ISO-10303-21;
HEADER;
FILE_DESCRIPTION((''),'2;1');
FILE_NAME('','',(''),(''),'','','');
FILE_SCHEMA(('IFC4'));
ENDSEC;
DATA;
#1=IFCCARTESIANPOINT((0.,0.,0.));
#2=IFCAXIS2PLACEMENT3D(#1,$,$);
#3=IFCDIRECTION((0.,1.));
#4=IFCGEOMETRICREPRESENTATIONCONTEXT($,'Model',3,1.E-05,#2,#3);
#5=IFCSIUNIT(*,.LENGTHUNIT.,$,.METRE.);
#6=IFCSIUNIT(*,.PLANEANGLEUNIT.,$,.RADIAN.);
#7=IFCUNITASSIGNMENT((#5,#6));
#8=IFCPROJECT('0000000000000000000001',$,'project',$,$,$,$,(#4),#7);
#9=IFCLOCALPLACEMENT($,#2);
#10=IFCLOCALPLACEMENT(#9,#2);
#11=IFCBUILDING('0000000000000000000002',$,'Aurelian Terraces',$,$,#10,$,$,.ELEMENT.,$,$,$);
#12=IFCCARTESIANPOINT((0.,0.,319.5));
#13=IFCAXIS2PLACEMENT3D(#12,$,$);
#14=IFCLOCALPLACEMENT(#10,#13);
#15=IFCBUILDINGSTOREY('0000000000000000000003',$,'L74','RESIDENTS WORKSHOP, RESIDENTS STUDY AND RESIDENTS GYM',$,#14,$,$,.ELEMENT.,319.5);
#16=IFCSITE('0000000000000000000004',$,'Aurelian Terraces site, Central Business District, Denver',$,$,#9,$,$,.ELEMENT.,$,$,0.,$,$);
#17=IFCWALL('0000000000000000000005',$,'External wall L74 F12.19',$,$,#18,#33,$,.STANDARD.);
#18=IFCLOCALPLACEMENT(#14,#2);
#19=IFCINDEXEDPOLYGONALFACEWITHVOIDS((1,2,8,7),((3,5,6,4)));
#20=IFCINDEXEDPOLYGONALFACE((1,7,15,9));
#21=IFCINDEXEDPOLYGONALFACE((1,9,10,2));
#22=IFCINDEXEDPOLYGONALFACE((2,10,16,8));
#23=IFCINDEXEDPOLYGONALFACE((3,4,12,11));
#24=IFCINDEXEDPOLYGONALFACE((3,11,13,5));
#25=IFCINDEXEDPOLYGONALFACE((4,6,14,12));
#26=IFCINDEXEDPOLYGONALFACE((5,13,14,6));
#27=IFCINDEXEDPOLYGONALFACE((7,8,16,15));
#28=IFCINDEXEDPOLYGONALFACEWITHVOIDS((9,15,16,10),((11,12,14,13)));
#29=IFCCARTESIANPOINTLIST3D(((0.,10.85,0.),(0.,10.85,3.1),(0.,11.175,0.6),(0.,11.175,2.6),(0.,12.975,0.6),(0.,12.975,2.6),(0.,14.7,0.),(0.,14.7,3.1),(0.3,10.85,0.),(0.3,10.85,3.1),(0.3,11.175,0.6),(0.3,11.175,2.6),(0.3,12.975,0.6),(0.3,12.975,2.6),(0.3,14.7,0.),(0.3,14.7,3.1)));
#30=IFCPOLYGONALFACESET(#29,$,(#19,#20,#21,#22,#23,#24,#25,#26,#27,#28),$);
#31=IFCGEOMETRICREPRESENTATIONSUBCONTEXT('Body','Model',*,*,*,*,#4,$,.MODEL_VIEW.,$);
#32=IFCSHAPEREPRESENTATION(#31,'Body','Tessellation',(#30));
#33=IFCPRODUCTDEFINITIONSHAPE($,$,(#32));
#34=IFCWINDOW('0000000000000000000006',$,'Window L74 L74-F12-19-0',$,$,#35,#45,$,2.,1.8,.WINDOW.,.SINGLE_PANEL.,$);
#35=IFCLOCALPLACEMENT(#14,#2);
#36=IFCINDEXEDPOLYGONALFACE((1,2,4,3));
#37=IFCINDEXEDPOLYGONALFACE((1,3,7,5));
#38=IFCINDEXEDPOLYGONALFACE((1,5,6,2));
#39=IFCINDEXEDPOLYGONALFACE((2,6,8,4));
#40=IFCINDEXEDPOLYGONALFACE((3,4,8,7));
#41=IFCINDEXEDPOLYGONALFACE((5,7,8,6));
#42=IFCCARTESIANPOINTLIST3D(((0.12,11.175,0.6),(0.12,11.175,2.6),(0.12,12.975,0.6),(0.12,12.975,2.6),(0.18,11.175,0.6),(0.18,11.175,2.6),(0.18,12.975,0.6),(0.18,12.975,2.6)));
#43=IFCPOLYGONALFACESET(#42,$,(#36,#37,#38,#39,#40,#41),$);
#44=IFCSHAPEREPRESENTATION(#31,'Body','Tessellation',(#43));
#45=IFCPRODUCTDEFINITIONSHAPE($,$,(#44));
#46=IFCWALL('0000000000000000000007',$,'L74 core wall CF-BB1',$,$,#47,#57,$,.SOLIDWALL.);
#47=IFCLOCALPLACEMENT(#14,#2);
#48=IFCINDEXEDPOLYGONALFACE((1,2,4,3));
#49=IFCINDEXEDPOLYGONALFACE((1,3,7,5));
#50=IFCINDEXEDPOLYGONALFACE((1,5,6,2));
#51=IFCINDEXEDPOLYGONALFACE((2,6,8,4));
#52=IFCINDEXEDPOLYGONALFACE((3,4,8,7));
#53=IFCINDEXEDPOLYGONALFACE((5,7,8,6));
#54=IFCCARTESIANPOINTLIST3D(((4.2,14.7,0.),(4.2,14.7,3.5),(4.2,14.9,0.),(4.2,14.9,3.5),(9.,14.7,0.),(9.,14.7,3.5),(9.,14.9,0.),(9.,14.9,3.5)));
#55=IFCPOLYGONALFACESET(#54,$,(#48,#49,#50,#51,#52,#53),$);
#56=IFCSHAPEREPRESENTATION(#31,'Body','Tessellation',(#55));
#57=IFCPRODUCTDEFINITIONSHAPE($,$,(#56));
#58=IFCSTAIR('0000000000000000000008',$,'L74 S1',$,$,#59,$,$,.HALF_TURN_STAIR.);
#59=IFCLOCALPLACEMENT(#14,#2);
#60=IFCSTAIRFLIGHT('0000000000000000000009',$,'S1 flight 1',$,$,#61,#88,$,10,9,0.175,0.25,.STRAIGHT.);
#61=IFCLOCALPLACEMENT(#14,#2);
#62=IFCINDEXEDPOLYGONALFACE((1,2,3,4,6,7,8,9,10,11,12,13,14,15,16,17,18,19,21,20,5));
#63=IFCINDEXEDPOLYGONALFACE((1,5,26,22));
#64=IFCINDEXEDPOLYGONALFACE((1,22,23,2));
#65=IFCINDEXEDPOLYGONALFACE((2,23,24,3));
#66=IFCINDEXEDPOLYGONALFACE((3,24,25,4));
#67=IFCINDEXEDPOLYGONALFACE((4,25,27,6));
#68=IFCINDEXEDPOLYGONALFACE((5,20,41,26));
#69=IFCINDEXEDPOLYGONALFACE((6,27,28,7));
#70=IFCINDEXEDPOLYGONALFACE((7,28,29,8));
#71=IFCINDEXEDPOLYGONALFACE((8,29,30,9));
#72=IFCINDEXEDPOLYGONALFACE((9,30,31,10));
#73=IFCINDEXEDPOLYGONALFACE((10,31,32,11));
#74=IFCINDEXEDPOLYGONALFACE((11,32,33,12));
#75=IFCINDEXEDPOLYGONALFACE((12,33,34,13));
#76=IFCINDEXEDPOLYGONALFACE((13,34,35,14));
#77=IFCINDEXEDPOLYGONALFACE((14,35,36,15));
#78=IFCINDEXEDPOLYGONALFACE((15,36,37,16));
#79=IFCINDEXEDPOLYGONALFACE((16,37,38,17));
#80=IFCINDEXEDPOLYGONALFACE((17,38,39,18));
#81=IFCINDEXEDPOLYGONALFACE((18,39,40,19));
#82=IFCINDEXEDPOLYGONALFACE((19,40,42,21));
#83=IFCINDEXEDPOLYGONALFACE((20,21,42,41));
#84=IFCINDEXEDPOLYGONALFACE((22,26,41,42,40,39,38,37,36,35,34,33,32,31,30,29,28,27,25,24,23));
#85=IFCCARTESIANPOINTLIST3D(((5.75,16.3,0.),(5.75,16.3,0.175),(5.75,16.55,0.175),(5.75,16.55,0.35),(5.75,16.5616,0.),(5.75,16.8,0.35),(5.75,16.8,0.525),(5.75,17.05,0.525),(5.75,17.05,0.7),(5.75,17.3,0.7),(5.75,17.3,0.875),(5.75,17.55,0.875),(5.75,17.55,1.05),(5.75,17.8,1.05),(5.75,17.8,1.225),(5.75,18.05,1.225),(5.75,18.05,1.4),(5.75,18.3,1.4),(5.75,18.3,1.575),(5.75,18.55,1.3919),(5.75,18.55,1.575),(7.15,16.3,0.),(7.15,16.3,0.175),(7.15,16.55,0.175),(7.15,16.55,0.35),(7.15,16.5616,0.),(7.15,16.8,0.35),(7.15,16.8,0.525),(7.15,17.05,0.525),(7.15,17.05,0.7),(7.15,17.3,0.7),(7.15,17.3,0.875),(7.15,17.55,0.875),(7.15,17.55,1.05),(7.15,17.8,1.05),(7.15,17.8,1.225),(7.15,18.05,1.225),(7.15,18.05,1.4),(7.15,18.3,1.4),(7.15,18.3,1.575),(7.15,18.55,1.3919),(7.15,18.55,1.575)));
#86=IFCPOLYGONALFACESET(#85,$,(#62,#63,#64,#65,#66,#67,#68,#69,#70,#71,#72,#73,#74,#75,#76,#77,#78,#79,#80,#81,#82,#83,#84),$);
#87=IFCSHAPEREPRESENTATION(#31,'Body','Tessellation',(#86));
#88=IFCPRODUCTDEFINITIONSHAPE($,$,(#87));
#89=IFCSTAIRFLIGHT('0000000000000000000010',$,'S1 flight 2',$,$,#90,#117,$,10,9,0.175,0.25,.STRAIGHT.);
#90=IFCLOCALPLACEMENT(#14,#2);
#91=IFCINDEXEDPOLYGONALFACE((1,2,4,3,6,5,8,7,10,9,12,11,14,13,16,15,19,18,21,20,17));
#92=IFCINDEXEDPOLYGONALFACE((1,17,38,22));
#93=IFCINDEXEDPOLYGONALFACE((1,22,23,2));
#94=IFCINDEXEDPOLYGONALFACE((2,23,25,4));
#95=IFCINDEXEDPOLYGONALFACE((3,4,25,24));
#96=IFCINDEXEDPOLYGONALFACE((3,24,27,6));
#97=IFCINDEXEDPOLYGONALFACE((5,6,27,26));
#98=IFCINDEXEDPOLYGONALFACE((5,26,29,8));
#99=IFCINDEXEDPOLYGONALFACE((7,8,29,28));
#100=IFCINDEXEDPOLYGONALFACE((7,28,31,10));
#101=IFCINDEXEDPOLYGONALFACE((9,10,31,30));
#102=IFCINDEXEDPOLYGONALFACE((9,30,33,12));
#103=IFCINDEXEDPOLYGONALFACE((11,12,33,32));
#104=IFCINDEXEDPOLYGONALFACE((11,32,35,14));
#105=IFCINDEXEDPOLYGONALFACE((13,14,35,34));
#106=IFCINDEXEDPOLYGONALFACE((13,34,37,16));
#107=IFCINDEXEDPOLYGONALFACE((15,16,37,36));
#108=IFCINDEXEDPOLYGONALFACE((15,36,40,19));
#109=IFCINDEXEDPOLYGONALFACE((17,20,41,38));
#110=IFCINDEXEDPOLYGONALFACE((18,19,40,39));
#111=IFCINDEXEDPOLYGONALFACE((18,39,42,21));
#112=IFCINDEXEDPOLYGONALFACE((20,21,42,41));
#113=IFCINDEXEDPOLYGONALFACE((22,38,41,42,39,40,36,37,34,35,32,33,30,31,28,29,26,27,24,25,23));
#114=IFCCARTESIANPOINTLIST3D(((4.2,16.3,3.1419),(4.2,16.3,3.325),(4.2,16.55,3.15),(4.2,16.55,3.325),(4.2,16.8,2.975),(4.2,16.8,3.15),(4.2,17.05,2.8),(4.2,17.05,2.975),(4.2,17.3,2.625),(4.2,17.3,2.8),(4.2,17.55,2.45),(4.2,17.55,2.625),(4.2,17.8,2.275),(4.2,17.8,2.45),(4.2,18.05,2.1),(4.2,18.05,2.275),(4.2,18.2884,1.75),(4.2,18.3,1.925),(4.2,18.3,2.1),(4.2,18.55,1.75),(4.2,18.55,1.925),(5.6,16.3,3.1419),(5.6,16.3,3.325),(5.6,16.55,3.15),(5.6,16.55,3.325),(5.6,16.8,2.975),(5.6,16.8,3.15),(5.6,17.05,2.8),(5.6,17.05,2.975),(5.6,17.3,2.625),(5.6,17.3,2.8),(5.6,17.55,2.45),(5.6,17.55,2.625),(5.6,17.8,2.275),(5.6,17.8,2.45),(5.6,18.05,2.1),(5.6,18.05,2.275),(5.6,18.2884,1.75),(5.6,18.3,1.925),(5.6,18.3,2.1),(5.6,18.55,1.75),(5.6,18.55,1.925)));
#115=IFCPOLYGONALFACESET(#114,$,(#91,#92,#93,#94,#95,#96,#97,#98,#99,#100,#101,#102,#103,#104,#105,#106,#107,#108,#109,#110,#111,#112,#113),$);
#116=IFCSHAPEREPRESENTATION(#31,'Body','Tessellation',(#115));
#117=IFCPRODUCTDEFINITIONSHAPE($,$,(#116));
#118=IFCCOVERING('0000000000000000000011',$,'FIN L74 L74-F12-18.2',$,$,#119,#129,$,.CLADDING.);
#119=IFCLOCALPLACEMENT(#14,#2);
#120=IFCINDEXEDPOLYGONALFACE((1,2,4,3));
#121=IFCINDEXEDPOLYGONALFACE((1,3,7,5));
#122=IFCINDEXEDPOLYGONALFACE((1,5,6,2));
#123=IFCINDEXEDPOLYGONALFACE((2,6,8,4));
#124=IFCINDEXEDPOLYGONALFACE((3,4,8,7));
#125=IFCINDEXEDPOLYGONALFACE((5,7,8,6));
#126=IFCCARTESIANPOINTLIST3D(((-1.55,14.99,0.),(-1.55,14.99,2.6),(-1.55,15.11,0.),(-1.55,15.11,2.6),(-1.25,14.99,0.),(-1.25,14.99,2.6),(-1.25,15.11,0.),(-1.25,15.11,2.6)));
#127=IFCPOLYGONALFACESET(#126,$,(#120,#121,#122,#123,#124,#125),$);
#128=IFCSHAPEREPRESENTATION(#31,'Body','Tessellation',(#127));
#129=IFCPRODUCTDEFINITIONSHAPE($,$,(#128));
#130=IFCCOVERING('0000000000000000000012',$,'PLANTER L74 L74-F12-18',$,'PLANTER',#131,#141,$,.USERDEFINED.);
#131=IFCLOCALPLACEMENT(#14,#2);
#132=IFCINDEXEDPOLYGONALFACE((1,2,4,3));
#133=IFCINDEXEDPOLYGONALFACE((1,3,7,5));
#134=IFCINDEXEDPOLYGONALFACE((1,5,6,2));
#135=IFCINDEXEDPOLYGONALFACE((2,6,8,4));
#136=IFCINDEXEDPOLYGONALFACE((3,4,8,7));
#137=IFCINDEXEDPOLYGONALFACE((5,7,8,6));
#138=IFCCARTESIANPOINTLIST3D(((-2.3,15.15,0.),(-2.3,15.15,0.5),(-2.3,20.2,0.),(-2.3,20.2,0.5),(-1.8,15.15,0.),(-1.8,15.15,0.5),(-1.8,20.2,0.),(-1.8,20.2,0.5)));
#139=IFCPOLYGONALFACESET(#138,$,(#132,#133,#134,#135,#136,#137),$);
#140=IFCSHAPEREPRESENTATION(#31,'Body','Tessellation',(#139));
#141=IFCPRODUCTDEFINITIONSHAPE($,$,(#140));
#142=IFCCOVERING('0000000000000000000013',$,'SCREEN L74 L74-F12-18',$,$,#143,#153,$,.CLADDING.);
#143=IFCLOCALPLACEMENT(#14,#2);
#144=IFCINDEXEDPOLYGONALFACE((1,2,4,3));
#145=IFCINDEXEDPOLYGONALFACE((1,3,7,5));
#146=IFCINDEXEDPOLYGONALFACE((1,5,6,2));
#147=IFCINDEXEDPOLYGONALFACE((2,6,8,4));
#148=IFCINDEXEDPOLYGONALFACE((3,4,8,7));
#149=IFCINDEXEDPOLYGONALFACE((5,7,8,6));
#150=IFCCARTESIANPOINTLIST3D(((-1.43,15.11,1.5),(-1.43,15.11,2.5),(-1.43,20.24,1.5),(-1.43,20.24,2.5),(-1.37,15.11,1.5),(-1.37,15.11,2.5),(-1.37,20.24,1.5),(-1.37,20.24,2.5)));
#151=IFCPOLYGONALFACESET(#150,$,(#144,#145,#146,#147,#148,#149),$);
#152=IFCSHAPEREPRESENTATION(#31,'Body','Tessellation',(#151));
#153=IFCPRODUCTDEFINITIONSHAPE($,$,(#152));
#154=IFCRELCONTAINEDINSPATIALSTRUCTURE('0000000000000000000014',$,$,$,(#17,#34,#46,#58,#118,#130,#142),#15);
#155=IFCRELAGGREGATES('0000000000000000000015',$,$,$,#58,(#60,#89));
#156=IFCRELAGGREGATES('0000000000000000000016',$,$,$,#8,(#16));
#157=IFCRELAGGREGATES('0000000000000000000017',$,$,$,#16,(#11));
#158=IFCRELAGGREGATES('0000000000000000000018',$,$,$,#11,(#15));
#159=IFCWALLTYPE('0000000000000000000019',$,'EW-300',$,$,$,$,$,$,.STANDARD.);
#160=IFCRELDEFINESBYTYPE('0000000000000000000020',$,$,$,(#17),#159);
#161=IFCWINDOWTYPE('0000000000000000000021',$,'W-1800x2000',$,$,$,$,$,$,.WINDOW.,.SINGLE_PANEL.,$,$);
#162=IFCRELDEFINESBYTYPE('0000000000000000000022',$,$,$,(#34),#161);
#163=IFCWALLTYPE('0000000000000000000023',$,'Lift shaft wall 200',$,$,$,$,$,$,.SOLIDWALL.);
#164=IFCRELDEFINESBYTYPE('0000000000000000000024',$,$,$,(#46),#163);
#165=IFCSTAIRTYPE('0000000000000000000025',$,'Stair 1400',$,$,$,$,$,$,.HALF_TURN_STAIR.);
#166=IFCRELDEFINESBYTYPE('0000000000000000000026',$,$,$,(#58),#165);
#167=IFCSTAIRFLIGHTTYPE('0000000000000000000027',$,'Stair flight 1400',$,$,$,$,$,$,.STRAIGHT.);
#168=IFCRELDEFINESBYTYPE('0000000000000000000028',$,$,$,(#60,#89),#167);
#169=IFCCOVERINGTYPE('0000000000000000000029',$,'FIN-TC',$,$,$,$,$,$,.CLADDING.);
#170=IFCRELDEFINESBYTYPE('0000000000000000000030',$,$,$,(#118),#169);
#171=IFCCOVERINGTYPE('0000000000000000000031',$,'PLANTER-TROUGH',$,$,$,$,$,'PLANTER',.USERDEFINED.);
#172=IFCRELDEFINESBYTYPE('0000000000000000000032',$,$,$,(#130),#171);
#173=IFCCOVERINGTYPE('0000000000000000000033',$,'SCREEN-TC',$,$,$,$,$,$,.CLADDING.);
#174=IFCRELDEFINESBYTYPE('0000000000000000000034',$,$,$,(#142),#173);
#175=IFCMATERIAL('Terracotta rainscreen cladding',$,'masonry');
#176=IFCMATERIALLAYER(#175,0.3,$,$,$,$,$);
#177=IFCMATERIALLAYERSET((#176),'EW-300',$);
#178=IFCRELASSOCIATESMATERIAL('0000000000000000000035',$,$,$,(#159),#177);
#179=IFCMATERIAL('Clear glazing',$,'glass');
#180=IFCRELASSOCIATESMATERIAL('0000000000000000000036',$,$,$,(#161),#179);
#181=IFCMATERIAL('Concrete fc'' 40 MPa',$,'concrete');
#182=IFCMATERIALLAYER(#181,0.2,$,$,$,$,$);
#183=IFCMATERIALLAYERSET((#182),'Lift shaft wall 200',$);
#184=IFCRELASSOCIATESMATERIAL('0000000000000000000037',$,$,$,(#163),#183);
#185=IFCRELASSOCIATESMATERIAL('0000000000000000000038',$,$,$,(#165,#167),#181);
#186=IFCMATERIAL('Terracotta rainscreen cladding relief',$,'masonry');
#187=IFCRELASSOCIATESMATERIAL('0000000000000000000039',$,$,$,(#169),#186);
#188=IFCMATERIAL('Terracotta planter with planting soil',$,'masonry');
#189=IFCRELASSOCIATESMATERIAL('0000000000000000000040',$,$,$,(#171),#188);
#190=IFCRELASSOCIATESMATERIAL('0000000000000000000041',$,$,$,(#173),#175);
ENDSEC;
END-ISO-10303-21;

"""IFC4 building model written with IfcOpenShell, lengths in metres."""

from ifc_helpers import new_model, si_unit, direction, frame, frame_2d, origin, origin_2d, place, context, subcontext, project, spatial, polyline, rectangle, outline, extrude, source, transform, mapped, material, layer, layer_set, type_object, element, fill, aggregate, save


model = new_model("IFC4")

# Units and contexts
model_context = context("Model", 3, precision=1e-05, world=origin(), true_north=direction((0.0, 1.0)))
body_context = subcontext(model_context, "Body", "Model", "MODEL_VIEW")
ifc_project = project(units=[si_unit("LENGTHUNIT", "METRE"), si_unit("PLANEANGLEUNIT", "RADIAN")], contexts=[model_context])

# Site, building, storey
site_placement = place(None, origin())
site = spatial("IfcSite", under=ifc_project, at=site_placement, Name="Aurelian Terraces site, Central Business District, Denver", CompositionType="ELEMENT", RefElevation=0.0)
building_placement = place(site_placement, origin())
building = spatial("IfcBuilding", under=site, at=building_placement, Name="Aurelian Terraces", CompositionType="ELEMENT")
storey_placement = place(building_placement, frame((0.0, 0.0, 319.5)))
storey = spatial("IfcBuildingStorey", under=building, at=storey_placement, Name="L74", Description="RESIDENTS WORKSHOP, RESIDENTS STUDY AND RESIDENTS GYM", CompositionType="ELEMENT", Elevation=319.5)

# Wall, opening, window
ifc_material_1 = material(Name="Terracotta rainscreen cladding", Category="masonry")
ifc_layer_1 = layer(ifc_material_1, 0.3)
ifc_layer_set_1 = layer_set([ifc_layer_1], Name="EW-300")
wall_type_1 = type_object("IfcWallType", Name="EW-300", PredefinedType="STANDARD", material=ifc_layer_set_1)
shared_shape_1 = source(origin(), body_context, "Body", "SweptSolid", [
    extrude(rectangle(XDim=3.85, YDim=0.3, at=frame_2d((1.925, 0.0))), origin(), (0.0, 0.0, 1.0), 3.1),
])
wall_1_placement = place(storey_placement, frame((0.15, 14.7, 0.0), z_axis=(0.0, 0.0, 1.0), x_axis=(0.0, -1.0, 0.0)))
wall_1 = element("IfcWall", 1, at=wall_1_placement, inside=storey, type_object=wall_type_1, Name="External wall L74 F12.19", PredefinedType="STANDARD", context=body_context, shape_type="MappedRepresentation", body=[
    mapped(shared_shape_1, transform((0.0, 0.0, 0.0), scale=1.0)),
])
shared_shape_2 = source(origin(), body_context, "Body", "SweptSolid", [
    extrude(rectangle(XDim=1.8, YDim=2.0, at=frame_2d((0.9, 1.0))), frame((0.0, 0.16, 0.0), z_axis=(0.0, -1.0, 0.0), x_axis=(1.0, 0.0, 0.0)), (0.0, 0.0, 1.0), 0.32),
])
opening_placement = place(wall_1_placement, frame((1.725, 0.0, 0.6)))
opening = element("IfcOpeningElement", 2, at=opening_placement, cuts=wall_1, PredefinedType="OPENING", context=body_context, shape_type="MappedRepresentation", body=[
    mapped(shared_shape_2, transform((0.0, 0.0, 0.0), scale=1.0)),
])
ifc_material_2 = material(Name="Clear glazing", Category="glass")
window_type = type_object("IfcWindowType", Name="W-1800x2000", PartitioningType="SINGLE_PANEL", PredefinedType="WINDOW", material=ifc_material_2)
shared_shape_3 = source(origin(), body_context, "Body", "SweptSolid", [
    extrude(rectangle(XDim=1.8, YDim=2.0, at=frame_2d((0.9, 1.0))), frame((0.0, 0.03, 0.0), z_axis=(0.0, -1.0, 0.0), x_axis=(1.0, 0.0, 0.0)), (0.0, 0.0, 1.0), 0.06),
])
window_placement = place(opening_placement, origin())
window = element("IfcWindow", 3, at=window_placement, inside=storey, type_object=window_type, Name="Window L74 L74-F12-19-0", OverallHeight=2.0, OverallWidth=1.8, PartitioningType="SINGLE_PANEL", PredefinedType="WINDOW", context=body_context, shape_type="MappedRepresentation", body=[
    mapped(shared_shape_3, transform((0.0, 0.0, 0.0), scale=1.0)),
])
fill(opening, window)

# Wall
ifc_material_3 = material(Name="Concrete fc' 40 MPa", Category="concrete")
ifc_layer_2 = layer(ifc_material_3, 0.2)
ifc_layer_set_2 = layer_set([ifc_layer_2], Name="Lift shaft wall 200")
wall_type_2 = type_object("IfcWallType", Name="Lift shaft wall 200", PredefinedType="SOLIDWALL", material=ifc_layer_set_2)
shared_shape_4 = source(origin(), body_context, "Body", "SweptSolid", [
    extrude(rectangle(XDim=4.8, YDim=0.2, at=frame_2d((2.4, 0.0))), origin(), (0.0, 0.0, 1.0), 3.5),
])
wall_2_placement = place(storey_placement, frame((4.2, 14.8, 0.0), z_axis=(0.0, 0.0, 1.0), x_axis=(1.0, 0.0, 0.0)))
element("IfcWall", 4, at=wall_2_placement, inside=storey, type_object=wall_type_2, Name="L74 core wall CF-BB1", PredefinedType="SOLIDWALL", context=body_context, shape_type="MappedRepresentation", body=[
    mapped(shared_shape_4, transform((0.0, 0.0, 0.0), scale=1.0)),
])

# Stair, stair flights
stair_type = type_object("IfcStairType", Name="Stair 1400", PredefinedType="HALF_TURN_STAIR", material=ifc_material_3)
stair_placement = place(storey_placement, origin())
stair = element("IfcStair", 5, at=stair_placement, inside=storey, type_object=stair_type, Name="L74 S1", PredefinedType="HALF_TURN_STAIR")
stair_flight_type = type_object("IfcStairFlightType", Name="Stair flight 1400", PredefinedType="STRAIGHT", material=ifc_material_3)
shared_shape_5 = source(origin(), body_context, "Body", "SweptSolid", [
    extrude(outline(polyline([(0.0, 0.0), (0.0, 0.175), (0.25, 0.175), (0.25, 0.35), (0.5, 0.35), (0.5, 0.525), (0.75, 0.525), (0.75, 0.7), (1.0, 0.7), (1.0, 0.875), (1.25, 0.875), (1.25, 1.05), (1.5, 1.05), (1.5, 1.225), (1.75, 1.225), (1.75, 1.4), (2.0, 1.4), (2.0, 1.575), (2.25, 1.575), (2.25, 1.75), (2.25, 1.3919), (0.2616, 0.0), (0.0, 0.0)])), frame((0.0, 0.7, 0.0), z_axis=(0.0, -1.0, 0.0), x_axis=(1.0, 0.0, 0.0)), (0.0, 0.0, 1.0), 1.4),
])
stair_flight_1_placement = place(storey_placement, frame((6.45, 16.3, 0.0), z_axis=(0.0, 0.0, 1.0), x_axis=(0.0, 1.0, 0.0)))
stair_flight_1 = element("IfcStairFlight", 6, at=stair_flight_1_placement, type_object=stair_flight_type, Name="S1 flight 1", NumberOfRisers=10, NumberOfTreads=9, PredefinedType="STRAIGHT", RiserHeight=0.175, TreadLength=0.25, context=body_context, shape_type="MappedRepresentation", body=[
    mapped(shared_shape_5, transform((0.0, 0.0, 0.0), scale=1.0)),
])
stair_flight_2_placement = place(storey_placement, frame((4.9, 18.55, 1.75), z_axis=(0.0, 0.0, 1.0), x_axis=(0.0, -1.0, 0.0)))
stair_flight_2 = element("IfcStairFlight", 7, at=stair_flight_2_placement, type_object=stair_flight_type, Name="S1 flight 2", NumberOfRisers=10, NumberOfTreads=9, PredefinedType="STRAIGHT", RiserHeight=0.175, TreadLength=0.25, context=body_context, shape_type="MappedRepresentation", body=[
    mapped(shared_shape_5, transform((0.0, 0.0, 0.0), scale=1.0)),
])
aggregate(stair, [stair_flight_1, stair_flight_2])

# Coverings
ifc_material_4 = material(Name="Terracotta rainscreen cladding relief", Category="masonry")
covering_type_1 = type_object("IfcCoveringType", Name="FIN-TC", PredefinedType="CLADDING", material=ifc_material_4)
shared_shape_6 = source(origin(), body_context, "Body", "SweptSolid", [
    extrude(rectangle(XDim=0.3, YDim=0.12, at=origin_2d()), origin(), (0.0, 0.0, 1.0), 2.6),
])
covering_1_placement = place(storey_placement, frame((-1.4, 15.05, 0.0), z_axis=(0.0, 0.0, 1.0), x_axis=(1.0, 0.0, 0.0)))
element("IfcCovering", 8, at=covering_1_placement, inside=storey, type_object=covering_type_1, Name="FIN L74 L74-F12-18.2", PredefinedType="CLADDING", context=body_context, shape_type="MappedRepresentation", body=[
    mapped(shared_shape_6, transform((0.0, 0.0, 0.0), scale=1.0)),
])
ifc_material_5 = material(Name="Terracotta planter with planting soil", Category="masonry")
covering_type_2 = type_object("IfcCoveringType", Name="PLANTER-TROUGH", ElementType="PLANTER", PredefinedType="USERDEFINED", material=ifc_material_5)
shared_shape_7 = source(origin(), body_context, "Body", "SweptSolid", [
    extrude(rectangle(XDim=0.5, YDim=5.05, at=origin_2d()), origin(), (0.0, 0.0, 1.0), 0.5),
])
covering_2_placement = place(storey_placement, frame((-2.05, 17.675, 0.0), z_axis=(0.0, 0.0, 1.0), x_axis=(1.0, 0.0, 0.0)))
element("IfcCovering", 9, at=covering_2_placement, inside=storey, type_object=covering_type_2, Name="PLANTER L74 L74-F12-18", ObjectType="PLANTER", PredefinedType="USERDEFINED", context=body_context, shape_type="MappedRepresentation", body=[
    mapped(shared_shape_7, transform((0.0, 0.0, 0.0), scale=1.0)),
])
covering_type_3 = type_object("IfcCoveringType", Name="SCREEN-TC", PredefinedType="CLADDING", material=ifc_material_1)
shared_shape_8 = source(origin(), body_context, "Body", "SweptSolid", [
    extrude(rectangle(XDim=0.06, YDim=5.13, at=origin_2d()), origin(), (0.0, 0.0, 1.0), 1.0),
])
covering_3_placement = place(storey_placement, frame((-1.4, 17.675, 1.5), z_axis=(0.0, 0.0, 1.0), x_axis=(1.0, 0.0, 0.0)))
element("IfcCovering", 10, at=covering_3_placement, inside=storey, type_object=covering_type_3, Name="SCREEN L74 L74-F12-18", PredefinedType="CLADDING", context=body_context, shape_type="MappedRepresentation", body=[
    mapped(shared_shape_8, transform((0.0, 0.0, 0.0), scale=1.0)),
])

save(model, "model.ifc")
